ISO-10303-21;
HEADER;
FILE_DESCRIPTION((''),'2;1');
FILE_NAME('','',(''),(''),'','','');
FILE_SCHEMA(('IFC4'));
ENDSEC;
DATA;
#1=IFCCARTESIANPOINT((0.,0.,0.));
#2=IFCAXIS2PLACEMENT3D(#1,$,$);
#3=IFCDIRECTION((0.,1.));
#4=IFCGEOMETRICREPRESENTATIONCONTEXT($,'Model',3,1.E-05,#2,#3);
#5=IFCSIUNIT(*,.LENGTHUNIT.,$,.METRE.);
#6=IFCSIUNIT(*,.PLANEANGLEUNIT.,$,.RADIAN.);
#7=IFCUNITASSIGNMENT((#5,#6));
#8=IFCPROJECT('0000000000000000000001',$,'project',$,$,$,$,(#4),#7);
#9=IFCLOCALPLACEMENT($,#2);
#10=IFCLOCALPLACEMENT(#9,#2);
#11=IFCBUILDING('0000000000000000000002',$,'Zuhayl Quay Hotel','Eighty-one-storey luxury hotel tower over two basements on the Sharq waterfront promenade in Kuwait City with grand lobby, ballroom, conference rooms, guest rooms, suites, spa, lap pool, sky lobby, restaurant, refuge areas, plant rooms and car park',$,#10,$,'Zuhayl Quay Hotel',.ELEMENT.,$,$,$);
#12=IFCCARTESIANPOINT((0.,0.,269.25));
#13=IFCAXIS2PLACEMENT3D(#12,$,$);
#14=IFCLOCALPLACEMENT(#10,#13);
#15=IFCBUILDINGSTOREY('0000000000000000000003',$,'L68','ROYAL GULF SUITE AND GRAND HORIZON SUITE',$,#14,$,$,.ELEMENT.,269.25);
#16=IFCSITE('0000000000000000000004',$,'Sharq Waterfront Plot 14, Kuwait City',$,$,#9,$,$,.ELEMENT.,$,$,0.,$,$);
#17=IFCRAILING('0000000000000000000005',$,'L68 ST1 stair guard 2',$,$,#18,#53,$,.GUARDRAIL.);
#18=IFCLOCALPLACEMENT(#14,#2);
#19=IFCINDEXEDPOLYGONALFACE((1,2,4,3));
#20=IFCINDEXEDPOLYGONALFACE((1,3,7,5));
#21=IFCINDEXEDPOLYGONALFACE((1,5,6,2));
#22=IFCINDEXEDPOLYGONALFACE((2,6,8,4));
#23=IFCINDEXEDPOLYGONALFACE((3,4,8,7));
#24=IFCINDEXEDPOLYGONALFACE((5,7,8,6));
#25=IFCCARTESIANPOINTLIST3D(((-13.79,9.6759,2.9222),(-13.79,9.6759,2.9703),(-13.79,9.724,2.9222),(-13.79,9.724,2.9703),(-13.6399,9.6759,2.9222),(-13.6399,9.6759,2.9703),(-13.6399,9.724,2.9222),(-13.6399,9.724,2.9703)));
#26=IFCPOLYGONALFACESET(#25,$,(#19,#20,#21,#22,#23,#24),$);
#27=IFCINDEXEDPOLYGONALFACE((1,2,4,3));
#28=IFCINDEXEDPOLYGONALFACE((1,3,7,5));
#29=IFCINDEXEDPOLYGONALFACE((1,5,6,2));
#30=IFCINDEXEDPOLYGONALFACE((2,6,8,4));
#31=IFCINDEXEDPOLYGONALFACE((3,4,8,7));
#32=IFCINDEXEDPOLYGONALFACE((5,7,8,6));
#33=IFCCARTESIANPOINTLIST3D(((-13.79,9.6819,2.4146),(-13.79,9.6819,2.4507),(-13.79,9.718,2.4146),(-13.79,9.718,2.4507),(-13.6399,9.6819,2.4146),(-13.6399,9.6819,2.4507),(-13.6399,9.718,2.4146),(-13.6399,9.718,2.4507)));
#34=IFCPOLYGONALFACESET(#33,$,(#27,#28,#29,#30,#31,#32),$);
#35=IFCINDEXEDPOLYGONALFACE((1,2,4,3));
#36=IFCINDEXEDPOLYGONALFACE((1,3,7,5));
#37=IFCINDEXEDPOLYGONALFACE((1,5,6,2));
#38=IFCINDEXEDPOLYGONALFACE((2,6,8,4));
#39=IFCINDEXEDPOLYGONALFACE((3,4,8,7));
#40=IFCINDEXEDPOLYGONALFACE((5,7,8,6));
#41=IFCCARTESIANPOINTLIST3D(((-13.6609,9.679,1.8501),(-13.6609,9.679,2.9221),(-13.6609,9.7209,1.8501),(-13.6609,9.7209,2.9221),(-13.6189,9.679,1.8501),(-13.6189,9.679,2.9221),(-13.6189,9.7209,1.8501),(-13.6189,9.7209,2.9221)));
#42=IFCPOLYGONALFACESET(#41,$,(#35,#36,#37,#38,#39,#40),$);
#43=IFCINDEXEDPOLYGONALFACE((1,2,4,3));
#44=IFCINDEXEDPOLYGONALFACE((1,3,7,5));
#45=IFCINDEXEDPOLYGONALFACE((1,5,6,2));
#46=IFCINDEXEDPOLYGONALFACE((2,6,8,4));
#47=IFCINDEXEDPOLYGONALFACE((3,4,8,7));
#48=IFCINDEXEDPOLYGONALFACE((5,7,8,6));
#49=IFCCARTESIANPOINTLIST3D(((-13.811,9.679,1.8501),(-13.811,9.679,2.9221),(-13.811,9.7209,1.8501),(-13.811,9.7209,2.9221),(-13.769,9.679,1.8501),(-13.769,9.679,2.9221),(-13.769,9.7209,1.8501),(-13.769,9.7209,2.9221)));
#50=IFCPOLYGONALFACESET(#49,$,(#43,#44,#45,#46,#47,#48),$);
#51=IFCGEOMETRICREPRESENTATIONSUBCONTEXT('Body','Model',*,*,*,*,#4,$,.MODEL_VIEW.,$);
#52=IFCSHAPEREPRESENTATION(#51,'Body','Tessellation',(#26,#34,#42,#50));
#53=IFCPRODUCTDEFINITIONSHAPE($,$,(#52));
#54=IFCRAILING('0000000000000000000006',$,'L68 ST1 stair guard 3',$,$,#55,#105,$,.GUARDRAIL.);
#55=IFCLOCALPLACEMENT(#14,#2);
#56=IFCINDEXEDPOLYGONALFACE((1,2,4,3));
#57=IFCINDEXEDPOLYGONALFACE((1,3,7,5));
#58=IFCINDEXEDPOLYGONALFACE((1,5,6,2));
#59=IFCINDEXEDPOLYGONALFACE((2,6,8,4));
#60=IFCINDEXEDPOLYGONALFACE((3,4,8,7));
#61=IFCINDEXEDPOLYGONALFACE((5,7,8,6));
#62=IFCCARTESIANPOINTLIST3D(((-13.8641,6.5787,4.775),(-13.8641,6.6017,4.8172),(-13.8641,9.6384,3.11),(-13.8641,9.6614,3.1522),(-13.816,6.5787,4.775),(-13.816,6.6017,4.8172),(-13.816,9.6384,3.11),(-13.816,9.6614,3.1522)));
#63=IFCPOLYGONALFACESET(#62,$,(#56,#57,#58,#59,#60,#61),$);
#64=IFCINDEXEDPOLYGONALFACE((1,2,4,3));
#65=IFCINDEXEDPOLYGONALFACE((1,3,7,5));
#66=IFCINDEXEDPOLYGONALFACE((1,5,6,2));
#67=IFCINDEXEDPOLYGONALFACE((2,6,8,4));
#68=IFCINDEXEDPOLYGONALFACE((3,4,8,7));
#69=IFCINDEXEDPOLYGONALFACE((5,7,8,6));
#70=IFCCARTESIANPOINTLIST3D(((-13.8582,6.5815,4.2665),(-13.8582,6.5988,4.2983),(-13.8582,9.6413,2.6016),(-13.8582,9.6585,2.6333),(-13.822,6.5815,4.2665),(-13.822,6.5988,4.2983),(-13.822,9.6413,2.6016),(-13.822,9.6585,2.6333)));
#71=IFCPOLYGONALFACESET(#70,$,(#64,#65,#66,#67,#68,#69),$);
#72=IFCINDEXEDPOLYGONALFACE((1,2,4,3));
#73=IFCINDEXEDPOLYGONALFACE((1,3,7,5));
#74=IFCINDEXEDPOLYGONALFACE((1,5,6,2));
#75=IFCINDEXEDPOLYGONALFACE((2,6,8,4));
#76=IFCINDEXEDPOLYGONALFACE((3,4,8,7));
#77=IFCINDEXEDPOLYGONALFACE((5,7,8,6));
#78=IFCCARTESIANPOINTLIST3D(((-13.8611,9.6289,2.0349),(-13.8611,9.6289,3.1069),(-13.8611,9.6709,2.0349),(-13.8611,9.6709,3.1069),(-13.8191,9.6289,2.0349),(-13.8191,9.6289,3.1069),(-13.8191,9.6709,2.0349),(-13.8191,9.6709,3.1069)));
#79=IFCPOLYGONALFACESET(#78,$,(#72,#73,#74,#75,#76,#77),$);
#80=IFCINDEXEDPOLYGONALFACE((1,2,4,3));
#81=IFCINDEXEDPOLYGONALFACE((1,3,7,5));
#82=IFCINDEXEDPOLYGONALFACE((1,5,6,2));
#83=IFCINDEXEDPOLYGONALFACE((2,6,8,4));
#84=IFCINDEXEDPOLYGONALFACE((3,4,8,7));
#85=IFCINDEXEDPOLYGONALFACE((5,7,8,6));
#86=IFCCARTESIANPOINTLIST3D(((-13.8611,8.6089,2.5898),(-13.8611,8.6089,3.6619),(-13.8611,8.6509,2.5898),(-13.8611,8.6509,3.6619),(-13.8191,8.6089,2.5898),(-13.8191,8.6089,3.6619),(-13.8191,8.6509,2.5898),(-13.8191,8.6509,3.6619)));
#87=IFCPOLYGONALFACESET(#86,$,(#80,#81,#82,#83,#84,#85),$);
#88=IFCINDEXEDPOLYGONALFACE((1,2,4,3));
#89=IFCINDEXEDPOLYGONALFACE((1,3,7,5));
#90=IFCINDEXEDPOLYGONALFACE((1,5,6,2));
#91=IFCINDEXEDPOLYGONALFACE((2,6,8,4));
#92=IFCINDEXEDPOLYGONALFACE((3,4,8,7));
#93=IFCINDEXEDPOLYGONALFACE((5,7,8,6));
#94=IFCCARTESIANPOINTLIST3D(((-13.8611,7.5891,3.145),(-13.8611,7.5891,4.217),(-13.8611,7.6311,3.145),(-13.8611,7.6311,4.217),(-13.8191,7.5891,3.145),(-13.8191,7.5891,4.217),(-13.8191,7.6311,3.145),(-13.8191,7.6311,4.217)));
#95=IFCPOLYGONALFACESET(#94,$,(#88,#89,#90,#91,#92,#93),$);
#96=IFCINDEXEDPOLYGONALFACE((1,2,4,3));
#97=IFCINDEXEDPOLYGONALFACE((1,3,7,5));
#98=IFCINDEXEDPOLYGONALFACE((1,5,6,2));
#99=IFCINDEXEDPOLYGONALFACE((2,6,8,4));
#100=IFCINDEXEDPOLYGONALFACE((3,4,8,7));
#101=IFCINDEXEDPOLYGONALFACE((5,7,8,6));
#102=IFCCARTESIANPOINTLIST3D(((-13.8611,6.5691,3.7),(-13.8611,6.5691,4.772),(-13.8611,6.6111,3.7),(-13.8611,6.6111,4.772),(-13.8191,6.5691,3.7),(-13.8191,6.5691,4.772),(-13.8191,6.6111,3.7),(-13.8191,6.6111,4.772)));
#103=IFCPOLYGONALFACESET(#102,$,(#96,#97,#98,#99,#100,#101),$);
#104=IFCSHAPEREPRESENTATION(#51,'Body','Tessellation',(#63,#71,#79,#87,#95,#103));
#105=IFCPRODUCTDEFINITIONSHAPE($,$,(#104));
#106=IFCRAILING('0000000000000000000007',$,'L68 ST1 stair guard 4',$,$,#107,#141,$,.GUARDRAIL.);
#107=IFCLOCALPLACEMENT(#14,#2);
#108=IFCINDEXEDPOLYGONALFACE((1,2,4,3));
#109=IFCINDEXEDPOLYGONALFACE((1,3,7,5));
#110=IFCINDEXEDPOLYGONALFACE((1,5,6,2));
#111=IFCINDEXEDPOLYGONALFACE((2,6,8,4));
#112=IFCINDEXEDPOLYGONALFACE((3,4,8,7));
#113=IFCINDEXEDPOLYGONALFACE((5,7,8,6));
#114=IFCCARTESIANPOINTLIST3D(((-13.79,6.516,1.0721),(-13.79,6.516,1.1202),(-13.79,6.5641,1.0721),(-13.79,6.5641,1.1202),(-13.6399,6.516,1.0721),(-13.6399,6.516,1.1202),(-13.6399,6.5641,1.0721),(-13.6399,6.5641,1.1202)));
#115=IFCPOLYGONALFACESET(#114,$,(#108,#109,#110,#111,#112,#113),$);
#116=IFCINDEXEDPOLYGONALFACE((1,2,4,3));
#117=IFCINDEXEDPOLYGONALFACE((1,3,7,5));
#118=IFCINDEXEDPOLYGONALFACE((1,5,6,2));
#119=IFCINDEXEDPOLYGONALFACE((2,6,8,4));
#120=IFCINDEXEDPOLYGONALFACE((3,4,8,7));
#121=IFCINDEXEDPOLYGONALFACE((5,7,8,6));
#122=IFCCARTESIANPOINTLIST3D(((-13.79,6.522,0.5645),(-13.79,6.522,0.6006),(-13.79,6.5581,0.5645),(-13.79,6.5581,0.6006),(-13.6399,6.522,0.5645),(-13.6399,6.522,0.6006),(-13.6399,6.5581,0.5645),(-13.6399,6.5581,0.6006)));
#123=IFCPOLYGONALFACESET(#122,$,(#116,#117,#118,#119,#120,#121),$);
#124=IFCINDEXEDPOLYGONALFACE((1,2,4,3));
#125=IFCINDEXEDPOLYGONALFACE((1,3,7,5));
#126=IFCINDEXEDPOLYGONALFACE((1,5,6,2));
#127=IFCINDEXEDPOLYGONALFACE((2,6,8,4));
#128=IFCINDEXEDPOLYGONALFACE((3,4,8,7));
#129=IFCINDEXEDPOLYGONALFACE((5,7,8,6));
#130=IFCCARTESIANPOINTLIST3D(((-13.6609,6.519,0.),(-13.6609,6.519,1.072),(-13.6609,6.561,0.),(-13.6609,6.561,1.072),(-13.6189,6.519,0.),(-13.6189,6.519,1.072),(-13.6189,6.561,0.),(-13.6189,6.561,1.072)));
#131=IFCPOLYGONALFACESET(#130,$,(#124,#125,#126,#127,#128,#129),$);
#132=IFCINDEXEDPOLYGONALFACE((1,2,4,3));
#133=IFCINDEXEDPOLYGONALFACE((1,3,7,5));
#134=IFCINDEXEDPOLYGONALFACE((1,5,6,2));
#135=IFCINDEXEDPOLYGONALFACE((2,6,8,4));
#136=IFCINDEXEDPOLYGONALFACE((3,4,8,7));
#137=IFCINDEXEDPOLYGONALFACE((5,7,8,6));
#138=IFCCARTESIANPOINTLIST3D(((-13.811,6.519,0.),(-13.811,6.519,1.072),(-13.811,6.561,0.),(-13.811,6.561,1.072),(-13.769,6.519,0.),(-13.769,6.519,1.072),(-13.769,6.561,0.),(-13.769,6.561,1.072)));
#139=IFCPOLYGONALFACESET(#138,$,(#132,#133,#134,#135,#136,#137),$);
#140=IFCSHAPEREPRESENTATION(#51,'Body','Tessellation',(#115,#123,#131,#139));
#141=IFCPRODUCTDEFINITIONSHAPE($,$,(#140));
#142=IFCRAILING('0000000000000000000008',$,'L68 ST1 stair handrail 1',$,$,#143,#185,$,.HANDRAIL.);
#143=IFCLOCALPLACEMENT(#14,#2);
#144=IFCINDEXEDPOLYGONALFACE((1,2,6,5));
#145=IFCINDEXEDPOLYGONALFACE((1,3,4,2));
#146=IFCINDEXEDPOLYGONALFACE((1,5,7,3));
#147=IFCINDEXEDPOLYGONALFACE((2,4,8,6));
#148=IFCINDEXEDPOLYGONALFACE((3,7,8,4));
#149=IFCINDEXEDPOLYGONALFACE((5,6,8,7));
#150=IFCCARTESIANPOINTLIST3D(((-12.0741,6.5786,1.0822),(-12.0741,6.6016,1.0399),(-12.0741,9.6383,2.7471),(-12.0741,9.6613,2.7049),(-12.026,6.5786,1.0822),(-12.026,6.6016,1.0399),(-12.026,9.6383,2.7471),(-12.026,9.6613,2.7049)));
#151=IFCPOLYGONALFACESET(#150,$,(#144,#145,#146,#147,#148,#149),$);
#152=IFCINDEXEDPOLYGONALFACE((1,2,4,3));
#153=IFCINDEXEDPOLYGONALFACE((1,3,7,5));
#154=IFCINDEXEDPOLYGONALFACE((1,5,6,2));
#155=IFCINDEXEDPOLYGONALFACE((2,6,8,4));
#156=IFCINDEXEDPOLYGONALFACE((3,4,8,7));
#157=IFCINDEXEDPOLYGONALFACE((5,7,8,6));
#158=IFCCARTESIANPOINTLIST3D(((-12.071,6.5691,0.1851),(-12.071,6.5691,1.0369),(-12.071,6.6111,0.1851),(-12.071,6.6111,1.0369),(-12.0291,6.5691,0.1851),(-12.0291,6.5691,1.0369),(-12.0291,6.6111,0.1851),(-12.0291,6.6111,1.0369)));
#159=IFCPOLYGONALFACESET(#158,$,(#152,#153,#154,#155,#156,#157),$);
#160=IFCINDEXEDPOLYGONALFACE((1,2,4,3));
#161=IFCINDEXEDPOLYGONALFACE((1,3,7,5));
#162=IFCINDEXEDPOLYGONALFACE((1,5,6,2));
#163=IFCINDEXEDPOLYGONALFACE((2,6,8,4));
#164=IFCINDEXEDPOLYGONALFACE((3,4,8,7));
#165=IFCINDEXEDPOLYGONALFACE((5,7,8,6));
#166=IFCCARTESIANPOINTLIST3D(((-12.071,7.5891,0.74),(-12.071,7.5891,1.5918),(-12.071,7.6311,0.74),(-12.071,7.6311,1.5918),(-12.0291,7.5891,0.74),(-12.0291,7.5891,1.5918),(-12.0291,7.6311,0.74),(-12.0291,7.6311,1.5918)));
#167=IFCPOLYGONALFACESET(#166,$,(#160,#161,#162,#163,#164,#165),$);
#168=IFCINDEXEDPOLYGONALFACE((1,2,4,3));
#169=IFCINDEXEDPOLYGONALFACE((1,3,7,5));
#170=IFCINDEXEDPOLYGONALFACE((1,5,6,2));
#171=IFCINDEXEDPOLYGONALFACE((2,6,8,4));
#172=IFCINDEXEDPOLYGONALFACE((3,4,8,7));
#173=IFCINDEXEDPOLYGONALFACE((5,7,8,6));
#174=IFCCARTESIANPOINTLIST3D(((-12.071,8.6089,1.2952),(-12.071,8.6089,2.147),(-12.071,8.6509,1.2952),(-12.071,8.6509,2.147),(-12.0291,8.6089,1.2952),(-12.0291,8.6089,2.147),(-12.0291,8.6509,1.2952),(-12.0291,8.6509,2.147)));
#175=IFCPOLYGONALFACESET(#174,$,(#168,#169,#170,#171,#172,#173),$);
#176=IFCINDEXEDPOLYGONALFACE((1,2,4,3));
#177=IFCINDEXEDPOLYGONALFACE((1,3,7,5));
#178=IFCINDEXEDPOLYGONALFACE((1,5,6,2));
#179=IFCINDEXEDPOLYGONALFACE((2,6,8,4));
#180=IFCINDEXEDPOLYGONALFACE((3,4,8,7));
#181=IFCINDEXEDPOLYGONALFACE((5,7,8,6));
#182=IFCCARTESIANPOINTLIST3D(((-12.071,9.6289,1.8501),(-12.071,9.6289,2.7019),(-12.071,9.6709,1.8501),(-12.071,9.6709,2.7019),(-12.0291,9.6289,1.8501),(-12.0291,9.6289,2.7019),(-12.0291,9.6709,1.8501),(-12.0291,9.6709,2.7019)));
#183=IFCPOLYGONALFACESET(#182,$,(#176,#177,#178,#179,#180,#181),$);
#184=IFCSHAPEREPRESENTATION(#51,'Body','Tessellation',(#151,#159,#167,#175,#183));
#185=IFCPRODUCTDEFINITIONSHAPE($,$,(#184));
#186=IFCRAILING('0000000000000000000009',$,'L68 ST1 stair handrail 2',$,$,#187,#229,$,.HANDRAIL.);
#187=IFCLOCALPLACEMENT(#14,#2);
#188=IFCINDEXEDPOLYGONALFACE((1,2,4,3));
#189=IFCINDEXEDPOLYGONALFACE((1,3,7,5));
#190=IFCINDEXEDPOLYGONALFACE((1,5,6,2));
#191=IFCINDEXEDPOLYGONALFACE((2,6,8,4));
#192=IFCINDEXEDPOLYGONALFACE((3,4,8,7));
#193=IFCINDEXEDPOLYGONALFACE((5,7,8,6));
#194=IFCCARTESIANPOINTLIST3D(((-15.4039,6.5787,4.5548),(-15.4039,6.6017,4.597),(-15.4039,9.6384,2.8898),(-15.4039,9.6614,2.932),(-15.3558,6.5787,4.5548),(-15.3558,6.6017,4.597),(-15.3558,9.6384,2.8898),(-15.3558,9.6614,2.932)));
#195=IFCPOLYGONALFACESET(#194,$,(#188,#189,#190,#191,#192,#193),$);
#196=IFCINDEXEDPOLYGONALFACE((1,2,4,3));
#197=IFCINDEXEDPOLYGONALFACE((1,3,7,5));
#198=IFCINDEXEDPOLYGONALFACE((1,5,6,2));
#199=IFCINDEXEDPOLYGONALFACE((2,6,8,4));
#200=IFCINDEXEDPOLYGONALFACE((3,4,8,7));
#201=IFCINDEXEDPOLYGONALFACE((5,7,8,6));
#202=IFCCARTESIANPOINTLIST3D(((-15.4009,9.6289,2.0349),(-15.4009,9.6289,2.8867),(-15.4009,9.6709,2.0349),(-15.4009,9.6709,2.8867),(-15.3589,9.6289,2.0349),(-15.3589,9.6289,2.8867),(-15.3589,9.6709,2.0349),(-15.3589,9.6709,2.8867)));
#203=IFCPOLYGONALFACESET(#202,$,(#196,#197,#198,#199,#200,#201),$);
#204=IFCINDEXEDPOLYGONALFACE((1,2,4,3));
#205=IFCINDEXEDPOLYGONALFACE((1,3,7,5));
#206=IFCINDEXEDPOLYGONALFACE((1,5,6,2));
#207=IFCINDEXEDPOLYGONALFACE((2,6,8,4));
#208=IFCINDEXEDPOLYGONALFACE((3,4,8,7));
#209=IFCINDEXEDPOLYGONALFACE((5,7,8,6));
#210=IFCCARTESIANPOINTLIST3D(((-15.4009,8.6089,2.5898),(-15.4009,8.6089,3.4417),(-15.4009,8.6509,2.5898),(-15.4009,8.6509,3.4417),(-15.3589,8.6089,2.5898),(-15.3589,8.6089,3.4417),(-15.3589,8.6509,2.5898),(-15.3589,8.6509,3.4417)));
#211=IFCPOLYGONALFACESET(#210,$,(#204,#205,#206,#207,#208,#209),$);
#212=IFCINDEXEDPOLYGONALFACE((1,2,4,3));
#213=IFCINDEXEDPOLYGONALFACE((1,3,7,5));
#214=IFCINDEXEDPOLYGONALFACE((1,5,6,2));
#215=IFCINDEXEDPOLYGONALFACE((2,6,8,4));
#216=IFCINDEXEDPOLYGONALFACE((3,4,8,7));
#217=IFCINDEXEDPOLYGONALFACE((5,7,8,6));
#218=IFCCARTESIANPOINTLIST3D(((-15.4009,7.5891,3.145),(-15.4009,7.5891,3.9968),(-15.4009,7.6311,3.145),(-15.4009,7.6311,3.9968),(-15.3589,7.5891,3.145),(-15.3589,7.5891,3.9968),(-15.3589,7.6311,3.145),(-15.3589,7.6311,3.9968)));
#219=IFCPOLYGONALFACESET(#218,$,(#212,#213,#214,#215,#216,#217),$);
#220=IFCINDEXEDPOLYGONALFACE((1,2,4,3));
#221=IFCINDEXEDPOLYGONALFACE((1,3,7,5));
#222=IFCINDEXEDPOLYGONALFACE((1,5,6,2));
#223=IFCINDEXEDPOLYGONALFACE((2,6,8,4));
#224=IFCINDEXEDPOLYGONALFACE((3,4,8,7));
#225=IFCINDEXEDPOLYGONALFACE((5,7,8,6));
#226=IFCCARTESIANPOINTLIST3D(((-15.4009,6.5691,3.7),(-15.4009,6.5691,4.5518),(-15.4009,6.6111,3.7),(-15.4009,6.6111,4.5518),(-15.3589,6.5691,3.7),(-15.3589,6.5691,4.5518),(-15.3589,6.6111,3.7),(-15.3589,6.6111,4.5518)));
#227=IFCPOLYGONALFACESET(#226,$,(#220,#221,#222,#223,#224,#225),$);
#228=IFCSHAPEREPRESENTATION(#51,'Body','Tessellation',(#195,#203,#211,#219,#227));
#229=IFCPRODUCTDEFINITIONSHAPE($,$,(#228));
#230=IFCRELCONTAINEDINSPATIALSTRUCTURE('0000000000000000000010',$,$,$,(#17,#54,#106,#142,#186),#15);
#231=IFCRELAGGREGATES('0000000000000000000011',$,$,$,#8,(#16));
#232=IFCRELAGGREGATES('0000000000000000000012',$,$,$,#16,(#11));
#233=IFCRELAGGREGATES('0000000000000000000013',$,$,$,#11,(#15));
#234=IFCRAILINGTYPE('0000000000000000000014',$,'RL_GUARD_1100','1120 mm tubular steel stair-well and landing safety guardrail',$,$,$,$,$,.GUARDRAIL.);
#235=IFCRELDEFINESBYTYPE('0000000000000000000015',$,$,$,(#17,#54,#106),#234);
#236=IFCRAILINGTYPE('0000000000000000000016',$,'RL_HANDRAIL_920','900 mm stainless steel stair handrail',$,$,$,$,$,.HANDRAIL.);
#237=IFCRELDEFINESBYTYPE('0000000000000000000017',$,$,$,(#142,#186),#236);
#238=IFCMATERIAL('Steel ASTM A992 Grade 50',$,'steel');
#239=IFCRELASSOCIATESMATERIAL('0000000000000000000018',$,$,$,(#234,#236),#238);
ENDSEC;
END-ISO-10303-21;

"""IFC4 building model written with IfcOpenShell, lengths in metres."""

from ifc_helpers import new_model, si_unit, direction, frame, origin, origin_2d, place, context, subcontext, project, spatial, rectangle, extrude, material, type_object, element, save


model = new_model("IFC4")

# Units and contexts
model_context = context("Model", 3, precision=1e-05, world=origin(), true_north=direction((0.0, 1.0)))
body_context = subcontext(model_context, "Body", "Model", "MODEL_VIEW")
ifc_project = project(units=[si_unit("LENGTHUNIT", "METRE"), si_unit("PLANEANGLEUNIT", "RADIAN")], contexts=[model_context])

# Site, building, storey
site_placement = place(None, origin())
site = spatial("IfcSite", under=ifc_project, at=site_placement, Name="Sharq Waterfront Plot 14, Kuwait City", CompositionType="ELEMENT", RefElevation=0.0)
building_placement = place(site_placement, origin())
building = spatial("IfcBuilding", under=site, at=building_placement, Name="Zuhayl Quay Hotel", Description="Eighty-one-storey luxury hotel tower over two basements on the Sharq waterfront promenade in Kuwait City with grand lobby, ballroom, conference rooms, guest rooms, suites, spa, lap pool, sky lobby, restaurant, refuge areas, plant rooms and car park", LongName="Zuhayl Quay Hotel", CompositionType="ELEMENT")
storey_placement = place(building_placement, frame((0.0, 0.0, 269.25)))
storey = spatial("IfcBuildingStorey", under=building, at=storey_placement, Name="L68", Description="ROYAL GULF SUITE AND GRAND HORIZON SUITE", CompositionType="ELEMENT", Elevation=269.25)

# Shared definitions
ifc_material_1 = material(Name="Steel ASTM A992 Grade 50", Category="steel")

# Railings
railing_type_1 = type_object("IfcRailingType", Name="RL_GUARD_1100", Description="1120 mm tubular steel stair-well and landing safety guardrail", PredefinedType="GUARDRAIL", material=ifc_material_1)
railing_1_placement = place(storey_placement, frame((-13.6399, 9.7, 1.8501)))
element("IfcRailing", 1, at=railing_1_placement, inside=storey, type_object=railing_type_1, Name="L68 ST1 stair guard 2", PredefinedType="GUARDRAIL", context=body_context, shape_type="SweptSolid", body=[
    extrude(rectangle(XDim=0.0481, YDim=0.0481, at=origin_2d()), frame((0.0, 0.0, 1.0962), z_axis=(-1.0, 0.0, 0.0), x_axis=(0.0, -1.0, 0.0)), (0.0, 0.0, 1.0), 0.1501),
    extrude(rectangle(XDim=0.0361, YDim=0.0361, at=origin_2d()), frame((0.0, 0.0, 0.5825), z_axis=(-1.0, 0.0, 0.0), x_axis=(0.0, -1.0, 0.0)), (0.0, 0.0, 1.0), 0.1501),
    extrude(rectangle(XDim=0.042, YDim=0.042, at=origin_2d()), origin(), (0.0, 0.0, 1.0), 1.072),
    extrude(rectangle(XDim=0.042, YDim=0.042, at=origin_2d()), frame((-0.1501, 0.0, 0.0)), (0.0, 0.0, 1.0), 1.072),
])
railing_2_placement = place(storey_placement, frame((-13.8401, 9.6499, 2.0349)))
element("IfcRailing", 2, at=railing_2_placement, inside=storey, type_object=railing_type_1, Name="L68 ST1 stair guard 3", PredefinedType="GUARDRAIL", context=body_context, shape_type="SweptSolid", body=[
    extrude(rectangle(XDim=0.0481, YDim=0.0481, at=origin_2d()), frame((0.0, 0.0, 1.0962), z_axis=(0.0, -0.878372, 0.477978), x_axis=(1.0, 0.0, 0.0)), (0.0, 0.0, 1.0), 3.4834),
    extrude(rectangle(XDim=0.0361, YDim=0.0361, at=origin_2d()), frame((0.0, 0.0, 0.5825), z_axis=(0.0, -0.878372, 0.477978), x_axis=(1.0, 0.0, 0.0)), (0.0, 0.0, 1.0), 3.4834),
    extrude(rectangle(XDim=0.042, YDim=0.042, at=origin_2d()), origin(), (0.0, 0.0, 1.0), 1.072),
    extrude(rectangle(XDim=0.042, YDim=0.042, at=origin_2d()), frame((0.0, -1.02, 0.5549)), (0.0, 0.0, 1.0), 1.072),
    extrude(rectangle(XDim=0.042, YDim=0.042, at=origin_2d()), frame((0.0, -2.0398, 1.1101)), (0.0, 0.0, 1.0), 1.072),
    extrude(rectangle(XDim=0.042, YDim=0.042, at=origin_2d()), frame((0.0, -3.0598, 1.665)), (0.0, 0.0, 1.0), 1.072),
])
railing_3_placement = place(storey_placement, frame((-13.6399, 6.54, 0.0)))
element("IfcRailing", 3, at=railing_3_placement, inside=storey, type_object=railing_type_1, Name="L68 ST1 stair guard 4", PredefinedType="GUARDRAIL", context=body_context, shape_type="SweptSolid", body=[
    extrude(rectangle(XDim=0.0481, YDim=0.0481, at=origin_2d()), frame((0.0, 0.0, 1.0962), z_axis=(-1.0, 0.0, 0.0), x_axis=(0.0, -1.0, 0.0)), (0.0, 0.0, 1.0), 0.1501),
    extrude(rectangle(XDim=0.0361, YDim=0.0361, at=origin_2d()), frame((0.0, 0.0, 0.5825), z_axis=(-1.0, 0.0, 0.0), x_axis=(0.0, -1.0, 0.0)), (0.0, 0.0, 1.0), 0.1501),
    extrude(rectangle(XDim=0.042, YDim=0.042, at=origin_2d()), origin(), (0.0, 0.0, 1.0), 1.072),
    extrude(rectangle(XDim=0.042, YDim=0.042, at=origin_2d()), frame((-0.1501, 0.0, 0.0)), (0.0, 0.0, 1.0), 1.072),
])
railing_type_2 = type_object("IfcRailingType", Name="RL_HANDRAIL_920", Description="900 mm stainless steel stair handrail", PredefinedType="HANDRAIL", material=ifc_material_1)
railing_4_placement = place(storey_placement, frame((-12.05, 6.5901, 0.1851)))
element("IfcRailing", 4, at=railing_4_placement, inside=storey, type_object=railing_type_2, Name="L68 ST1 stair handrail 1", PredefinedType="HANDRAIL", context=body_context, shape_type="SweptSolid", body=[
    extrude(rectangle(XDim=0.0481, YDim=0.0481, at=origin_2d()), frame((0.0, 0.0, 0.876), z_axis=(0.0, 0.878372, 0.477978), x_axis=(-1.0, 0.0, 0.0)), (0.0, 0.0, 1.0), 3.4834),
    extrude(rectangle(XDim=0.042, YDim=0.042, at=origin_2d()), origin(), (0.0, 0.0, 1.0), 0.8518),
    extrude(rectangle(XDim=0.042, YDim=0.042, at=origin_2d()), frame((0.0, 1.02, 0.5549)), (0.0, 0.0, 1.0), 0.8518),
    extrude(rectangle(XDim=0.042, YDim=0.042, at=origin_2d()), frame((0.0, 2.0398, 1.1101)), (0.0, 0.0, 1.0), 0.8518),
    extrude(rectangle(XDim=0.042, YDim=0.042, at=origin_2d()), frame((0.0, 3.0598, 1.665)), (0.0, 0.0, 1.0), 0.8518),
])
railing_5_placement = place(storey_placement, frame((-15.3799, 9.6499, 2.0349)))
element("IfcRailing", 5, at=railing_5_placement, inside=storey, type_object=railing_type_2, Name="L68 ST1 stair handrail 2", PredefinedType="HANDRAIL", context=body_context, shape_type="SweptSolid", body=[
    extrude(rectangle(XDim=0.0481, YDim=0.0481, at=origin_2d()), frame((0.0, 0.0, 0.876), z_axis=(0.0, -0.878372, 0.477978), x_axis=(1.0, 0.0, 0.0)), (0.0, 0.0, 1.0), 3.4834),
    extrude(rectangle(XDim=0.042, YDim=0.042, at=origin_2d()), origin(), (0.0, 0.0, 1.0), 0.8518),
    extrude(rectangle(XDim=0.042, YDim=0.042, at=origin_2d()), frame((0.0, -1.02, 0.5549)), (0.0, 0.0, 1.0), 0.8518),
    extrude(rectangle(XDim=0.042, YDim=0.042, at=origin_2d()), frame((0.0, -2.0398, 1.1101)), (0.0, 0.0, 1.0), 0.8518),
    extrude(rectangle(XDim=0.042, YDim=0.042, at=origin_2d()), frame((0.0, -3.0598, 1.665)), (0.0, 0.0, 1.0), 0.8518),
])

save(model, "model.ifc")
